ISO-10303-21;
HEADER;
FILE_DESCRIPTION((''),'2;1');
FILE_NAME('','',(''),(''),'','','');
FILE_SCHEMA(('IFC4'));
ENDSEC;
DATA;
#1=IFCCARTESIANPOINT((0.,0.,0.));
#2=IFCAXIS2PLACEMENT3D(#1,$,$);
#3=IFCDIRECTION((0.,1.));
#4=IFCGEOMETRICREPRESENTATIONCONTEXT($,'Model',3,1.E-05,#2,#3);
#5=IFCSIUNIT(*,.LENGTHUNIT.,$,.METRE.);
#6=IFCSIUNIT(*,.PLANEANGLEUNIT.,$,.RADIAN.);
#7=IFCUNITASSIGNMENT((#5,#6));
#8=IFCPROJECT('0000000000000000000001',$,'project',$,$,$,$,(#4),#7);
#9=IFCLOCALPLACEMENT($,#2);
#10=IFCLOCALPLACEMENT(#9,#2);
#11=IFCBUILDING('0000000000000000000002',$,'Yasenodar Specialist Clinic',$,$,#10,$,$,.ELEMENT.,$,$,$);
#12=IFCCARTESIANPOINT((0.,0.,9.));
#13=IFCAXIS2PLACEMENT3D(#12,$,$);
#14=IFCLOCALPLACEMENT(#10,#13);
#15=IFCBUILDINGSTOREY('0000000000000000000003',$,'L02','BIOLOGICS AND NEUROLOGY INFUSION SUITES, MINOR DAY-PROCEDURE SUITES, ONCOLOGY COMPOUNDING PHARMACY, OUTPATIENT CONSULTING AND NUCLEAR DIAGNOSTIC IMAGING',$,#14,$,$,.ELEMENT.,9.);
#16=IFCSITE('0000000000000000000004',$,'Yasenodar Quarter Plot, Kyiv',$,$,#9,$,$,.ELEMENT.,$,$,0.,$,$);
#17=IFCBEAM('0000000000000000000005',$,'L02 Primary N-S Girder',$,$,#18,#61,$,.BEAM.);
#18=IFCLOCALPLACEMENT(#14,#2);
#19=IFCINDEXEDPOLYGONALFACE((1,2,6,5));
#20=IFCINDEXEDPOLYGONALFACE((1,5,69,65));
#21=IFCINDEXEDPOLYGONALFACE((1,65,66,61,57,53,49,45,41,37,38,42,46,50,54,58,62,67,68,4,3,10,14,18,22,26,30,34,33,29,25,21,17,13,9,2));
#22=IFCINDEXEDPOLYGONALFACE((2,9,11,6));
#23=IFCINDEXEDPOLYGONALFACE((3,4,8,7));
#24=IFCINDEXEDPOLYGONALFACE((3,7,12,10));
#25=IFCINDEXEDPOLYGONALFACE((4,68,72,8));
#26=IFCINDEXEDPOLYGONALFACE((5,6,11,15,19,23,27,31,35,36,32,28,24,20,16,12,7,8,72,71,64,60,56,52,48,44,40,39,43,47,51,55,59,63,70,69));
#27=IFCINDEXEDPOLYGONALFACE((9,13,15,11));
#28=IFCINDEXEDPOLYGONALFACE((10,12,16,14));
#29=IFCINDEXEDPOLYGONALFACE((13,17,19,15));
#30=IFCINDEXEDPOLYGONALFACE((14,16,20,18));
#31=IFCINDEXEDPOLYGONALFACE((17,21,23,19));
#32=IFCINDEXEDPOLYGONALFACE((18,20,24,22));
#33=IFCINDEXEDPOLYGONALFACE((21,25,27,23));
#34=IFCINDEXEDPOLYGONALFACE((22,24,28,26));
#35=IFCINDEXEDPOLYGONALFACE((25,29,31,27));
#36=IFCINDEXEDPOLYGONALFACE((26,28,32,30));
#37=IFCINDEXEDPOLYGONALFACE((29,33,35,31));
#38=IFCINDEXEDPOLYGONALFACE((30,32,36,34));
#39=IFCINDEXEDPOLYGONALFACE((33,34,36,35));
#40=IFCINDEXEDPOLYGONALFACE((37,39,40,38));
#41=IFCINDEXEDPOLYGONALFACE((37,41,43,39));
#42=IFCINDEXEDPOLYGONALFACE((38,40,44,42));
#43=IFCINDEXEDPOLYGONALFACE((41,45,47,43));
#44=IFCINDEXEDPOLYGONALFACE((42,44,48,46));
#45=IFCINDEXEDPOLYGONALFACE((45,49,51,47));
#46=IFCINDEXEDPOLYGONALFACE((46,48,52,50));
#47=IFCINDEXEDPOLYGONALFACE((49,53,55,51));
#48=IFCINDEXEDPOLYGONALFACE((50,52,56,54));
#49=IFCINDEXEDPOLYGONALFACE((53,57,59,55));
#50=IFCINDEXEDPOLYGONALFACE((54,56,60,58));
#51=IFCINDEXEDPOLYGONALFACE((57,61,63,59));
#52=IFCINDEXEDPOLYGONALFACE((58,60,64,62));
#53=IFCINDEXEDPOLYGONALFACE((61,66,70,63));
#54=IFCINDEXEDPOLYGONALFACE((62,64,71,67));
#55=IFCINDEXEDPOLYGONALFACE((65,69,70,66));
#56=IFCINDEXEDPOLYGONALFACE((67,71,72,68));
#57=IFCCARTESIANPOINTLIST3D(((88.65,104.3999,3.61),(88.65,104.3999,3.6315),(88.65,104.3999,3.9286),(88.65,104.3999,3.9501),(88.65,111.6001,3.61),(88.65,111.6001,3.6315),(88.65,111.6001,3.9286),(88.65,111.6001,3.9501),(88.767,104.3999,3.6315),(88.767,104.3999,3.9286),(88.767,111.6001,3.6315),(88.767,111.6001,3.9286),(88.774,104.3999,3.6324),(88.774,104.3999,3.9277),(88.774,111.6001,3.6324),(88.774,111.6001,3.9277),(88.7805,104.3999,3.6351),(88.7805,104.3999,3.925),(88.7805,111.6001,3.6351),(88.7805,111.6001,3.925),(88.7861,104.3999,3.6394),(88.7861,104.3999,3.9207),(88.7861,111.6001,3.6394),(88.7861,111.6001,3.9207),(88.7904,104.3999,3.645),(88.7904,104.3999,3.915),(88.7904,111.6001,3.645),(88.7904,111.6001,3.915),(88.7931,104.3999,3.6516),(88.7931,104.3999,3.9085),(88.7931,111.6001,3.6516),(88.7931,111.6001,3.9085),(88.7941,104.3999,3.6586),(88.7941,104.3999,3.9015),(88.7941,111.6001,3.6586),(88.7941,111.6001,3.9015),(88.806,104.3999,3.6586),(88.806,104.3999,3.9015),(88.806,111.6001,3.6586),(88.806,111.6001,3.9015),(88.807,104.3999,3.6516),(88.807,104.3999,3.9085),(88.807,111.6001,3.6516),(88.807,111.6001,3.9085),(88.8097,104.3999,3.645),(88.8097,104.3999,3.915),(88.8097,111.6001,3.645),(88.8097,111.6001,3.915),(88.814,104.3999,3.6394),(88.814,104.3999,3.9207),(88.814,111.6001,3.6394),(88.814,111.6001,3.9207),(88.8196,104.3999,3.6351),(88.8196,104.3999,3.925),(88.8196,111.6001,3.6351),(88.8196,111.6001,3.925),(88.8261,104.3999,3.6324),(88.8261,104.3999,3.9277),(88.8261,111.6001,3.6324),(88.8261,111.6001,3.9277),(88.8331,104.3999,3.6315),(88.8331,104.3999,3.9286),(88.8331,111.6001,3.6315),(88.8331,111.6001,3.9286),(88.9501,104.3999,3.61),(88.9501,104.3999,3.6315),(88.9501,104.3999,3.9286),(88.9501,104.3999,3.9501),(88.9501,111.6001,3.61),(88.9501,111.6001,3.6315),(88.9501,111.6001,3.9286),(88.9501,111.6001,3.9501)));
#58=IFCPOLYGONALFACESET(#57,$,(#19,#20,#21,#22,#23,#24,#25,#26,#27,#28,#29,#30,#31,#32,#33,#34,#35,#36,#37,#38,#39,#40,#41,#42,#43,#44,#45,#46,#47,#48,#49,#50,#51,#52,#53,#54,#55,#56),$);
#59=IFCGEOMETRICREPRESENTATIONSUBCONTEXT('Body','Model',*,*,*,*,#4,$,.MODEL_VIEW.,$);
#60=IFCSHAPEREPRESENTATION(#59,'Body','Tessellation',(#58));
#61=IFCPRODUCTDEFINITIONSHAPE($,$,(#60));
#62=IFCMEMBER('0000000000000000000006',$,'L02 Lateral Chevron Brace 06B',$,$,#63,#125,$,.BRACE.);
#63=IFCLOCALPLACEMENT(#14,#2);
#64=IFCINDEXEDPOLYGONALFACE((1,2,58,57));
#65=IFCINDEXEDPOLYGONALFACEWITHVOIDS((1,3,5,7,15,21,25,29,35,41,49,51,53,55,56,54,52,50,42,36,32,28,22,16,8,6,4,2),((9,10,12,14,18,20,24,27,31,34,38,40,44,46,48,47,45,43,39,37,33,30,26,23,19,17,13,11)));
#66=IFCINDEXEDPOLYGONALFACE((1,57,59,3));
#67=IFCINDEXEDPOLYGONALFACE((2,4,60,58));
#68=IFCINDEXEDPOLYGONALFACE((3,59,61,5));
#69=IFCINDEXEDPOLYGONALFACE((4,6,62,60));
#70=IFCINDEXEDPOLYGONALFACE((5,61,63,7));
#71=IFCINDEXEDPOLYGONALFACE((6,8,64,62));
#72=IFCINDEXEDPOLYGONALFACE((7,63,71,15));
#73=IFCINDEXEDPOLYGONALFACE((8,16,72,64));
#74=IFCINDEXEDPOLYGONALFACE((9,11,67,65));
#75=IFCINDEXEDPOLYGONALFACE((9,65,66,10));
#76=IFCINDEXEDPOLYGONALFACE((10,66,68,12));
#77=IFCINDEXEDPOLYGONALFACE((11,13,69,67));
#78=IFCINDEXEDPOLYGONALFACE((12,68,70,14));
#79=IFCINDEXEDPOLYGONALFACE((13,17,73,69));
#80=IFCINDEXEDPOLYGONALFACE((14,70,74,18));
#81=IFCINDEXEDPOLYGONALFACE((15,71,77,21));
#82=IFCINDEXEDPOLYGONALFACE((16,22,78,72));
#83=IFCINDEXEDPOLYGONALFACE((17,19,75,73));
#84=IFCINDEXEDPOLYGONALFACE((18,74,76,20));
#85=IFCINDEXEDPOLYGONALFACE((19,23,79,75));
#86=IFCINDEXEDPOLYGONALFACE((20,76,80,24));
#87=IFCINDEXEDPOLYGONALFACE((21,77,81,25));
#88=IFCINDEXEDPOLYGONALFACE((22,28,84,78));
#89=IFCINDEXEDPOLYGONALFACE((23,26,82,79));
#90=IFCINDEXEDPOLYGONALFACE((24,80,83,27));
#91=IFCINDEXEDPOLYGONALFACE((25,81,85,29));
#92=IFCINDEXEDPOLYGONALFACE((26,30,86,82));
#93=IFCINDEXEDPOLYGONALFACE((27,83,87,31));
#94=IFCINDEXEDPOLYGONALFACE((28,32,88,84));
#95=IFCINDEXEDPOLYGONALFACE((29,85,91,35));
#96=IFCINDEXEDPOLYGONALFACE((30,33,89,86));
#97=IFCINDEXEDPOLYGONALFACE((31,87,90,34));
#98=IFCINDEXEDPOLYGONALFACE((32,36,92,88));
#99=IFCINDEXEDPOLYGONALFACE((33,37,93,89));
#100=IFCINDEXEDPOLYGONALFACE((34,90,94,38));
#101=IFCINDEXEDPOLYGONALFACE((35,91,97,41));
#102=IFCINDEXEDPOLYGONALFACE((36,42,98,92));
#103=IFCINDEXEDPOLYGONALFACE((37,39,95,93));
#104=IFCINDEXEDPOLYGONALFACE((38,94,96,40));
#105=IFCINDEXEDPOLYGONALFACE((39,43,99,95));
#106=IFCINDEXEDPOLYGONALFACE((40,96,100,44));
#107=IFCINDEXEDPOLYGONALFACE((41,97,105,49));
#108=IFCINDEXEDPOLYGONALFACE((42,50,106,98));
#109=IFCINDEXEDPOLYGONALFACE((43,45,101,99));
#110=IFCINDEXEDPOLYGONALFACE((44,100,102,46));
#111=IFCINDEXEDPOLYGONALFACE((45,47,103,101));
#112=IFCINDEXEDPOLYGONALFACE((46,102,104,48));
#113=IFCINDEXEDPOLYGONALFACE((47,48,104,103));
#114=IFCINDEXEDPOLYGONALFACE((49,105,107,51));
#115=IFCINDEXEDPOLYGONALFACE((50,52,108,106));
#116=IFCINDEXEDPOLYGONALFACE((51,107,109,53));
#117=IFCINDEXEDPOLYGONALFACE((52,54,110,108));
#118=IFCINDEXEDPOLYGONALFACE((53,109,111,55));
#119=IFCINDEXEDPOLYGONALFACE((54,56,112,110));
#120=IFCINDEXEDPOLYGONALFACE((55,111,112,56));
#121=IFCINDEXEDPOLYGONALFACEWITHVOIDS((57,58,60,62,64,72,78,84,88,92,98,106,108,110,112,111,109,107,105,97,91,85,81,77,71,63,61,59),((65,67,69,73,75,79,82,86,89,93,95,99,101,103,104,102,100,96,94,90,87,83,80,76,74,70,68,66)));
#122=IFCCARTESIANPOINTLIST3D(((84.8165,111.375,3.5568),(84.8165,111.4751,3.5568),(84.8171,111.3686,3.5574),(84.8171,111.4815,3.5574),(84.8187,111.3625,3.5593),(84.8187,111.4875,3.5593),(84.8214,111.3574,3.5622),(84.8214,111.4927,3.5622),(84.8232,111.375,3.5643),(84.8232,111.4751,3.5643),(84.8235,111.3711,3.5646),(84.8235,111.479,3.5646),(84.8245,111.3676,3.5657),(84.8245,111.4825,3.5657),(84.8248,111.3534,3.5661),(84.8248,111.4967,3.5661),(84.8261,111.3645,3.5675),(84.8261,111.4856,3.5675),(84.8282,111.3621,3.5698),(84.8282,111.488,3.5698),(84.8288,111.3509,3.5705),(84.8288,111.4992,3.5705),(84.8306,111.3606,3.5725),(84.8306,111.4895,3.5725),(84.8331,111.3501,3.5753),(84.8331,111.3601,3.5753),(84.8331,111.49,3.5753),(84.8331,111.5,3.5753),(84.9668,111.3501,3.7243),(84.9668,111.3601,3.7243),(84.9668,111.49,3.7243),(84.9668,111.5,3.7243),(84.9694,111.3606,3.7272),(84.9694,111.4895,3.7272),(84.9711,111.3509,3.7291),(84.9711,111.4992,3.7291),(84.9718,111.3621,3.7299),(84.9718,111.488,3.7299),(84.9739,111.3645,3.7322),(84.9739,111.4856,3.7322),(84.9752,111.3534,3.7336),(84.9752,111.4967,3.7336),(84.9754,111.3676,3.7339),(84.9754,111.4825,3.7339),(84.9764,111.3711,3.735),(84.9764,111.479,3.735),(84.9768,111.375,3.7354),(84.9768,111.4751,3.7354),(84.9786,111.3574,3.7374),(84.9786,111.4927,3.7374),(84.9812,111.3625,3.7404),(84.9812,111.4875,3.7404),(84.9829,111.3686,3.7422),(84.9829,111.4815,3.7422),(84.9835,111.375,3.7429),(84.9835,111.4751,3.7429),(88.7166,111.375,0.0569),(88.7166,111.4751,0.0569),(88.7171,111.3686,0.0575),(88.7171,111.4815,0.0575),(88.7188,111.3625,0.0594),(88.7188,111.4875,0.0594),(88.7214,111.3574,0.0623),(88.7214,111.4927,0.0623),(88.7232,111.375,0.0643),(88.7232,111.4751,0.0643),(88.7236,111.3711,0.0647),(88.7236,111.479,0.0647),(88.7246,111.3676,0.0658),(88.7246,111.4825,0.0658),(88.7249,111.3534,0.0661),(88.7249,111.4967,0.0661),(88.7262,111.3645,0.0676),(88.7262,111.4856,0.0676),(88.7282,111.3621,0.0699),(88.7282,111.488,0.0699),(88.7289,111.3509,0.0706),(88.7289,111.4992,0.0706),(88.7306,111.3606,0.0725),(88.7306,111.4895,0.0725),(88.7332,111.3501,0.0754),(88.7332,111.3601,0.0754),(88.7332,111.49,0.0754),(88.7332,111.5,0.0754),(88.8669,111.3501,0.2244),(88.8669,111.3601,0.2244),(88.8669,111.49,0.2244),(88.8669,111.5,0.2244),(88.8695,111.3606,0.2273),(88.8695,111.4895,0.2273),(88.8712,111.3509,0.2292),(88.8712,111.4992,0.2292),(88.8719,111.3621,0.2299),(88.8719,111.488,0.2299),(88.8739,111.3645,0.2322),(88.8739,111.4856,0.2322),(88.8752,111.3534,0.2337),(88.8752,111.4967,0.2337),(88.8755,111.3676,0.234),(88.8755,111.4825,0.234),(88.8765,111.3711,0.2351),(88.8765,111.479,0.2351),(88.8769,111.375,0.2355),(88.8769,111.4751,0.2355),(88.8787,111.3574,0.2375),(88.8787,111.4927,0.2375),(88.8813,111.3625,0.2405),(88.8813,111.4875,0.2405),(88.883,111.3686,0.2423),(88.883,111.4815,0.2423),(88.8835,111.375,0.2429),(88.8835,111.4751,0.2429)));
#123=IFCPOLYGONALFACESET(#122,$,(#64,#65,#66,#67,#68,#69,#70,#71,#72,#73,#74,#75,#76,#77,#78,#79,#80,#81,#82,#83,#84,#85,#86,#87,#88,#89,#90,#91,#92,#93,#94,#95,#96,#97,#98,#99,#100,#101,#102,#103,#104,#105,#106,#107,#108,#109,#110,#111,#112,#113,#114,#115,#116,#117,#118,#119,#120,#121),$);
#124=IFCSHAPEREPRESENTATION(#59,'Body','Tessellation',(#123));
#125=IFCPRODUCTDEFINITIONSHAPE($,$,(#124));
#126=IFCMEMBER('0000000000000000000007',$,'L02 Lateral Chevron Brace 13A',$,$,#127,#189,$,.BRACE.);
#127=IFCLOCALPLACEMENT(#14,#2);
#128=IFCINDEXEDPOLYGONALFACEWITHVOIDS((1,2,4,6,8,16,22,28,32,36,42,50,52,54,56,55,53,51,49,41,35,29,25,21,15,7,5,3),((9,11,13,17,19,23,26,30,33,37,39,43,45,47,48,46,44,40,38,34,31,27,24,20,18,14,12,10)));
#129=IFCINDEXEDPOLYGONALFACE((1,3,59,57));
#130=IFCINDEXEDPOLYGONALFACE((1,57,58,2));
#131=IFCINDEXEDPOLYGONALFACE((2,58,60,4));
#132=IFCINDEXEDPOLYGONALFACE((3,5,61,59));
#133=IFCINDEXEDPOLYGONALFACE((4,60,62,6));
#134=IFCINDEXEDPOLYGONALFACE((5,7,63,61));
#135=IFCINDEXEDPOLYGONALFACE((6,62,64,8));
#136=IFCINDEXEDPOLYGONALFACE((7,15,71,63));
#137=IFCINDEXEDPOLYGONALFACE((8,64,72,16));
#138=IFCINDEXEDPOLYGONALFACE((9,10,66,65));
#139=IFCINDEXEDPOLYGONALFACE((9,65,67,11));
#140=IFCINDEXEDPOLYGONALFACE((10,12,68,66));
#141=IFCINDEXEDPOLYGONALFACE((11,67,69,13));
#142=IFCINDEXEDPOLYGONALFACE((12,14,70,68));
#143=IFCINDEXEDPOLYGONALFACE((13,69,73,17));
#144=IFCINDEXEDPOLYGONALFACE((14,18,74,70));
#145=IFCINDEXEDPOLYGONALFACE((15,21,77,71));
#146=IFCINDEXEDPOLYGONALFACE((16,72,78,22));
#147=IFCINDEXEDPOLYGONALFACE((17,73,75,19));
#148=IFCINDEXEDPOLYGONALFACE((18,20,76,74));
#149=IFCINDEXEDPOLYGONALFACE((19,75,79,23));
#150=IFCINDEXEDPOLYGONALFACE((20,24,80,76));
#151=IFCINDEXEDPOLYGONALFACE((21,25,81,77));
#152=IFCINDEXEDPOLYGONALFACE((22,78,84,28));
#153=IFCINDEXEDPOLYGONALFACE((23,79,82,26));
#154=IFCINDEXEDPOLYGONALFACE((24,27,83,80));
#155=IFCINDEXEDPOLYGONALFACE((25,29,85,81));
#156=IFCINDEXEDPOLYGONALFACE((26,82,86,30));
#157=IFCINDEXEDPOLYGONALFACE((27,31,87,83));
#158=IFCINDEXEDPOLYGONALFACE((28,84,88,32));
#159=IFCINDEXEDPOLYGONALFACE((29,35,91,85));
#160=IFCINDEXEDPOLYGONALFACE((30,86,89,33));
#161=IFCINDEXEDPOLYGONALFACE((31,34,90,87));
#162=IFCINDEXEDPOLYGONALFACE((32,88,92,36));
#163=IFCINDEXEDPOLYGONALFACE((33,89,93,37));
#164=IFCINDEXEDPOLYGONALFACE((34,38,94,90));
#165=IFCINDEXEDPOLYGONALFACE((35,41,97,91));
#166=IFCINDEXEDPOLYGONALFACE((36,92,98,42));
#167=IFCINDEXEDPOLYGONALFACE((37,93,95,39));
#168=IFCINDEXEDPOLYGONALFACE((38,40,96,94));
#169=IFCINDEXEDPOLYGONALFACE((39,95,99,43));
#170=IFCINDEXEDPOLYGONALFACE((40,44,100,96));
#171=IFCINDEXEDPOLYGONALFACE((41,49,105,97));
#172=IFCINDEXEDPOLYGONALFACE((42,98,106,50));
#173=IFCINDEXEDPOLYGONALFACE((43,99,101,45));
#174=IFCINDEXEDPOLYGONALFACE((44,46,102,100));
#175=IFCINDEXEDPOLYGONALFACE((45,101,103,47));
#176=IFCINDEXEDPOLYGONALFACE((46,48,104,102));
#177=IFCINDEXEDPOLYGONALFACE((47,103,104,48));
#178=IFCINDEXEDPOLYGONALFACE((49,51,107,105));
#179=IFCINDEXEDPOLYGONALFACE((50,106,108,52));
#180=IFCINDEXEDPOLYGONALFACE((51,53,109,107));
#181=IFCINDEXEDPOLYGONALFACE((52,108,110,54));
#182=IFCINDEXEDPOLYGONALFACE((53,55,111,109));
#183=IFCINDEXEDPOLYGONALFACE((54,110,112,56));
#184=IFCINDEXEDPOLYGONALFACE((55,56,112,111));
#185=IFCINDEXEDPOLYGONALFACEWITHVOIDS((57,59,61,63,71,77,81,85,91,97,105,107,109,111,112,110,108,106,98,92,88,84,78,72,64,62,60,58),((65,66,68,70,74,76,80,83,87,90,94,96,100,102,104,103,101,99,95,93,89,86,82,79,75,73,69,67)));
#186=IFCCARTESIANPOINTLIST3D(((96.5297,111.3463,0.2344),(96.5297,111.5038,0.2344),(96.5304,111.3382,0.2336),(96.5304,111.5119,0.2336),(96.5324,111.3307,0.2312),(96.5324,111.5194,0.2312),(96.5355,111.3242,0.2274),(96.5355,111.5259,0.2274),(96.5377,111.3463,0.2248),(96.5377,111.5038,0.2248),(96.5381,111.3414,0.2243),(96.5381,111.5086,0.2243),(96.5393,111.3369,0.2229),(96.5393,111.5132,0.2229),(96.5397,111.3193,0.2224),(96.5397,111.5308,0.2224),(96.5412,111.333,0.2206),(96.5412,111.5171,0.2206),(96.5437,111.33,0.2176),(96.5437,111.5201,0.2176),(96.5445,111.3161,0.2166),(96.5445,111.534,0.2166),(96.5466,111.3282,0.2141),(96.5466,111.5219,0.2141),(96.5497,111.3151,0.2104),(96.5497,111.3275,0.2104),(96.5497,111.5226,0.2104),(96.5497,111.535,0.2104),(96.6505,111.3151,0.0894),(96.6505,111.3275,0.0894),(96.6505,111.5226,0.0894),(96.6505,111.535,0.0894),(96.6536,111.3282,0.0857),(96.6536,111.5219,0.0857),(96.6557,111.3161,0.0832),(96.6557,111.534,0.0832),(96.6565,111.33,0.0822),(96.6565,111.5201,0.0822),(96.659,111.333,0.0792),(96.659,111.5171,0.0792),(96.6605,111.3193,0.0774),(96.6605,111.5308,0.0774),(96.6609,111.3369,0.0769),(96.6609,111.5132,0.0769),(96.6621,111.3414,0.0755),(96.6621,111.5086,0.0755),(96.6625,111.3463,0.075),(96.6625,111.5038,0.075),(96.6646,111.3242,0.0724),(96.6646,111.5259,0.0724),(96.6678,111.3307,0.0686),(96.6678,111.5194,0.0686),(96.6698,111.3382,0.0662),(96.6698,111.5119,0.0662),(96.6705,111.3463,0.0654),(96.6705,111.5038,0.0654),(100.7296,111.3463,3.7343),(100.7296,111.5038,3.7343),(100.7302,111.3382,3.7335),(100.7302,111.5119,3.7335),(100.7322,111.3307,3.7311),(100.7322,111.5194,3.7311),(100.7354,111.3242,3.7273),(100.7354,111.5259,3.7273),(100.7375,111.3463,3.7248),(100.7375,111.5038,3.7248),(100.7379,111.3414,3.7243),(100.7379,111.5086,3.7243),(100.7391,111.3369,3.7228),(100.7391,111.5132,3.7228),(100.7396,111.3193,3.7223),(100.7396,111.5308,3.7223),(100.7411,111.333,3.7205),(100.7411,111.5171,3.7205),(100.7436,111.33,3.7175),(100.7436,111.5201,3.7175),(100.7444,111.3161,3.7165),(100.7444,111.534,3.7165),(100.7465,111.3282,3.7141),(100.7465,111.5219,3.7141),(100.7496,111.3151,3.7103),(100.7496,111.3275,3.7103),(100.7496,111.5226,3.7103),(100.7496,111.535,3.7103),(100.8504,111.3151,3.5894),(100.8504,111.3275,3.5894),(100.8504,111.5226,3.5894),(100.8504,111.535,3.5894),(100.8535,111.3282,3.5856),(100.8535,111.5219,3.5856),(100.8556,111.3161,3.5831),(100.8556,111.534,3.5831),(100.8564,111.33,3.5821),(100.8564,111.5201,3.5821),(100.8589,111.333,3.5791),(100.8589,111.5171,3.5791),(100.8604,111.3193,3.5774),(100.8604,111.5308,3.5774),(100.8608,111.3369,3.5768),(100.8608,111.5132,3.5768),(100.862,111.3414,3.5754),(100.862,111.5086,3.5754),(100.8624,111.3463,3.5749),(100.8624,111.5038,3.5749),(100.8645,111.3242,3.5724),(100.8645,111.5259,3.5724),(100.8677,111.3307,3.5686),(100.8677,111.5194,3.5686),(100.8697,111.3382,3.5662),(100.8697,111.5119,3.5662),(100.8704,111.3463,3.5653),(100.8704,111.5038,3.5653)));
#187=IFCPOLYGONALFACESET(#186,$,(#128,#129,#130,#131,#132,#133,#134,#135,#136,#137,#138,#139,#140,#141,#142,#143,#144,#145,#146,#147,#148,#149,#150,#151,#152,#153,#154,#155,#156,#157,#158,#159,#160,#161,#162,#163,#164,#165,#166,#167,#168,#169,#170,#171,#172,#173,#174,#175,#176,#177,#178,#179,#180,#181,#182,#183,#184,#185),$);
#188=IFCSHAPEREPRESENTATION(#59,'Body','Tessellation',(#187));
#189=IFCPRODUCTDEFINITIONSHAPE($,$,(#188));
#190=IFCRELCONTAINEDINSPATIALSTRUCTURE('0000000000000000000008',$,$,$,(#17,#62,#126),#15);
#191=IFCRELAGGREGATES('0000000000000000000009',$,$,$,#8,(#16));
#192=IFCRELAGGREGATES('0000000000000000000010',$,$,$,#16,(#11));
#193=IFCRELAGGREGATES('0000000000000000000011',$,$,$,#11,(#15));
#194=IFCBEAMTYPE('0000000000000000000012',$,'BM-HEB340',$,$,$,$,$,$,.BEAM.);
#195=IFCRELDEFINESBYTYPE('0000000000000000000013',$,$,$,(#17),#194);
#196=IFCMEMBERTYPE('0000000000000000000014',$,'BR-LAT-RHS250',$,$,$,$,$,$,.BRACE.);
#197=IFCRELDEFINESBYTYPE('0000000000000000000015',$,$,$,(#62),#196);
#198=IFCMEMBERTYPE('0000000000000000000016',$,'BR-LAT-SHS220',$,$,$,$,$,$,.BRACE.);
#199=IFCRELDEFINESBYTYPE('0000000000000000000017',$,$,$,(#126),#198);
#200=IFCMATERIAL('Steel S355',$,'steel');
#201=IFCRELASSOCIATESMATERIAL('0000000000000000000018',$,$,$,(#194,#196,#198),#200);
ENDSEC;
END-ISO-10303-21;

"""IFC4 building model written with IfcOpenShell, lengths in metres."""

from ifc_helpers import new_model, si_unit, direction, frame, origin, origin_2d, place, context, subcontext, project, spatial, hollow_rectangle, i_section, extrude, material, material_profile, profile_set, type_object, element, save


model = new_model("IFC4")

# Units and contexts
model_context = context("Model", 3, precision=1e-05, world=origin(), true_north=direction((0.0, 1.0)))
body_context = subcontext(model_context, "Body", "Model", "MODEL_VIEW")
ifc_project = project(units=[si_unit("LENGTHUNIT", "METRE"), si_unit("PLANEANGLEUNIT", "RADIAN")], contexts=[model_context])

# Site, building, storey
site_placement = place(None, origin())
site = spatial("IfcSite", under=ifc_project, at=site_placement, Name="Yasenodar Quarter Plot, Kyiv", CompositionType="ELEMENT", RefElevation=0.0)
building_placement = place(site_placement, origin())
building = spatial("IfcBuilding", under=site, at=building_placement, Name="Yasenodar Specialist Clinic", CompositionType="ELEMENT")
storey_placement = place(building_placement, frame((0.0, 0.0, 9.0)))
storey = spatial("IfcBuildingStorey", under=building, at=storey_placement, Name="L02", Description="BIOLOGICS AND NEUROLOGY INFUSION SUITES, MINOR DAY-PROCEDURE SUITES, ONCOLOGY COMPOUNDING PHARMACY, OUTPATIENT CONSULTING AND NUCLEAR DIAGNOSTIC IMAGING", CompositionType="ELEMENT", Elevation=9.0)

# Shared definitions
ifc_material_1 = material(Name="Steel S355", Category="steel")

# Beam
ifc_material_profile_1 = material_profile(ifc_material_1, i_section(OverallWidth=0.3, OverallDepth=0.3401, WebThickness=0.012, FlangeThickness=0.0215, FilletRadius=0.0271, at=origin_2d()), Name="HEB 340")
ifc_profile_set_1 = profile_set([ifc_material_profile_1], Name="Steel S355")
beam_type_1 = type_object("IfcBeamType", Name="BM-HEB340", PredefinedType="BEAM", material=ifc_profile_set_1)
beam_1_placement = place(storey_placement, frame((88.8, 104.3999, 3.78), z_axis=(0.0, 1.0, 0.0), x_axis=(-1.0, 0.0, 0.0)))
element("IfcBeam", 1, at=beam_1_placement, inside=storey, type_object=beam_type_1, Name="L02 Primary N-S Girder", PredefinedType="BEAM", context=body_context, shape_type="SweptSolid", body=[
    extrude(i_section(OverallWidth=0.3, OverallDepth=0.3401, WebThickness=0.012, FlangeThickness=0.0215, FilletRadius=0.0271, at=origin_2d()), origin(), (0.0, 0.0, 1.0), 7.2002),
])

# Members
ifc_material_profile_2 = material_profile(ifc_material_1, hollow_rectangle(XDim=0.1499, YDim=0.25, WallThickness=0.01, InnerFilletRadius=0.0149, OuterFilletRadius=0.0249, at=origin_2d()), Name="RHS 250x150x10")
ifc_profile_set_2 = profile_set([ifc_material_profile_2], Name="Steel S355")
member_type_1 = type_object("IfcMemberType", Name="BR-LAT-RHS250", PredefinedType="BRACE", material=ifc_profile_set_2)
member_1_placement = place(storey_placement, frame((88.8, 111.425, 0.1499), z_axis=(-0.744255, 0.0, 0.667896), x_axis=(0.0, -1.0, 0.0)))
element("IfcMember", 2, at=member_1_placement, inside=storey, type_object=member_type_1, Name="L02 Lateral Chevron Brace 06B", PredefinedType="BRACE", context=body_context, shape_type="SweptSolid", body=[
    extrude(hollow_rectangle(XDim=0.1499, YDim=0.25, WallThickness=0.01, InnerFilletRadius=0.0149, OuterFilletRadius=0.0249, at=origin_2d()), origin(), (0.0, 0.0, 1.0), 5.2402),
])
ifc_material_profile_3 = material_profile(ifc_material_1, hollow_rectangle(XDim=0.22, YDim=0.22, WallThickness=0.0125, InnerFilletRadius=0.0188, OuterFilletRadius=0.0312, at=origin_2d()), Name="SHS 220x220x12.5")
ifc_profile_set_3 = profile_set([ifc_material_profile_3], Name="Steel S355")
member_type_2 = type_object("IfcMemberType", Name="BR-LAT-SHS220", PredefinedType="BRACE", material=ifc_profile_set_3)
member_2_placement = place(storey_placement, frame((96.6001, 111.425, 0.1499), z_axis=(0.768218, 0.0, 0.640189), x_axis=(0.0, 1.0, 0.0)))
element("IfcMember", 3, at=member_2_placement, inside=storey, type_object=member_type_2, Name="L02 Lateral Chevron Brace 13A", PredefinedType="BRACE", context=body_context, shape_type="SweptSolid", body=[
    extrude(hollow_rectangle(XDim=0.22, YDim=0.22, WallThickness=0.0125, InnerFilletRadius=0.0188, OuterFilletRadius=0.0312, at=origin_2d()), origin(), (0.0, 0.0, 1.0), 5.467),
])

save(model, "model.ifc")
